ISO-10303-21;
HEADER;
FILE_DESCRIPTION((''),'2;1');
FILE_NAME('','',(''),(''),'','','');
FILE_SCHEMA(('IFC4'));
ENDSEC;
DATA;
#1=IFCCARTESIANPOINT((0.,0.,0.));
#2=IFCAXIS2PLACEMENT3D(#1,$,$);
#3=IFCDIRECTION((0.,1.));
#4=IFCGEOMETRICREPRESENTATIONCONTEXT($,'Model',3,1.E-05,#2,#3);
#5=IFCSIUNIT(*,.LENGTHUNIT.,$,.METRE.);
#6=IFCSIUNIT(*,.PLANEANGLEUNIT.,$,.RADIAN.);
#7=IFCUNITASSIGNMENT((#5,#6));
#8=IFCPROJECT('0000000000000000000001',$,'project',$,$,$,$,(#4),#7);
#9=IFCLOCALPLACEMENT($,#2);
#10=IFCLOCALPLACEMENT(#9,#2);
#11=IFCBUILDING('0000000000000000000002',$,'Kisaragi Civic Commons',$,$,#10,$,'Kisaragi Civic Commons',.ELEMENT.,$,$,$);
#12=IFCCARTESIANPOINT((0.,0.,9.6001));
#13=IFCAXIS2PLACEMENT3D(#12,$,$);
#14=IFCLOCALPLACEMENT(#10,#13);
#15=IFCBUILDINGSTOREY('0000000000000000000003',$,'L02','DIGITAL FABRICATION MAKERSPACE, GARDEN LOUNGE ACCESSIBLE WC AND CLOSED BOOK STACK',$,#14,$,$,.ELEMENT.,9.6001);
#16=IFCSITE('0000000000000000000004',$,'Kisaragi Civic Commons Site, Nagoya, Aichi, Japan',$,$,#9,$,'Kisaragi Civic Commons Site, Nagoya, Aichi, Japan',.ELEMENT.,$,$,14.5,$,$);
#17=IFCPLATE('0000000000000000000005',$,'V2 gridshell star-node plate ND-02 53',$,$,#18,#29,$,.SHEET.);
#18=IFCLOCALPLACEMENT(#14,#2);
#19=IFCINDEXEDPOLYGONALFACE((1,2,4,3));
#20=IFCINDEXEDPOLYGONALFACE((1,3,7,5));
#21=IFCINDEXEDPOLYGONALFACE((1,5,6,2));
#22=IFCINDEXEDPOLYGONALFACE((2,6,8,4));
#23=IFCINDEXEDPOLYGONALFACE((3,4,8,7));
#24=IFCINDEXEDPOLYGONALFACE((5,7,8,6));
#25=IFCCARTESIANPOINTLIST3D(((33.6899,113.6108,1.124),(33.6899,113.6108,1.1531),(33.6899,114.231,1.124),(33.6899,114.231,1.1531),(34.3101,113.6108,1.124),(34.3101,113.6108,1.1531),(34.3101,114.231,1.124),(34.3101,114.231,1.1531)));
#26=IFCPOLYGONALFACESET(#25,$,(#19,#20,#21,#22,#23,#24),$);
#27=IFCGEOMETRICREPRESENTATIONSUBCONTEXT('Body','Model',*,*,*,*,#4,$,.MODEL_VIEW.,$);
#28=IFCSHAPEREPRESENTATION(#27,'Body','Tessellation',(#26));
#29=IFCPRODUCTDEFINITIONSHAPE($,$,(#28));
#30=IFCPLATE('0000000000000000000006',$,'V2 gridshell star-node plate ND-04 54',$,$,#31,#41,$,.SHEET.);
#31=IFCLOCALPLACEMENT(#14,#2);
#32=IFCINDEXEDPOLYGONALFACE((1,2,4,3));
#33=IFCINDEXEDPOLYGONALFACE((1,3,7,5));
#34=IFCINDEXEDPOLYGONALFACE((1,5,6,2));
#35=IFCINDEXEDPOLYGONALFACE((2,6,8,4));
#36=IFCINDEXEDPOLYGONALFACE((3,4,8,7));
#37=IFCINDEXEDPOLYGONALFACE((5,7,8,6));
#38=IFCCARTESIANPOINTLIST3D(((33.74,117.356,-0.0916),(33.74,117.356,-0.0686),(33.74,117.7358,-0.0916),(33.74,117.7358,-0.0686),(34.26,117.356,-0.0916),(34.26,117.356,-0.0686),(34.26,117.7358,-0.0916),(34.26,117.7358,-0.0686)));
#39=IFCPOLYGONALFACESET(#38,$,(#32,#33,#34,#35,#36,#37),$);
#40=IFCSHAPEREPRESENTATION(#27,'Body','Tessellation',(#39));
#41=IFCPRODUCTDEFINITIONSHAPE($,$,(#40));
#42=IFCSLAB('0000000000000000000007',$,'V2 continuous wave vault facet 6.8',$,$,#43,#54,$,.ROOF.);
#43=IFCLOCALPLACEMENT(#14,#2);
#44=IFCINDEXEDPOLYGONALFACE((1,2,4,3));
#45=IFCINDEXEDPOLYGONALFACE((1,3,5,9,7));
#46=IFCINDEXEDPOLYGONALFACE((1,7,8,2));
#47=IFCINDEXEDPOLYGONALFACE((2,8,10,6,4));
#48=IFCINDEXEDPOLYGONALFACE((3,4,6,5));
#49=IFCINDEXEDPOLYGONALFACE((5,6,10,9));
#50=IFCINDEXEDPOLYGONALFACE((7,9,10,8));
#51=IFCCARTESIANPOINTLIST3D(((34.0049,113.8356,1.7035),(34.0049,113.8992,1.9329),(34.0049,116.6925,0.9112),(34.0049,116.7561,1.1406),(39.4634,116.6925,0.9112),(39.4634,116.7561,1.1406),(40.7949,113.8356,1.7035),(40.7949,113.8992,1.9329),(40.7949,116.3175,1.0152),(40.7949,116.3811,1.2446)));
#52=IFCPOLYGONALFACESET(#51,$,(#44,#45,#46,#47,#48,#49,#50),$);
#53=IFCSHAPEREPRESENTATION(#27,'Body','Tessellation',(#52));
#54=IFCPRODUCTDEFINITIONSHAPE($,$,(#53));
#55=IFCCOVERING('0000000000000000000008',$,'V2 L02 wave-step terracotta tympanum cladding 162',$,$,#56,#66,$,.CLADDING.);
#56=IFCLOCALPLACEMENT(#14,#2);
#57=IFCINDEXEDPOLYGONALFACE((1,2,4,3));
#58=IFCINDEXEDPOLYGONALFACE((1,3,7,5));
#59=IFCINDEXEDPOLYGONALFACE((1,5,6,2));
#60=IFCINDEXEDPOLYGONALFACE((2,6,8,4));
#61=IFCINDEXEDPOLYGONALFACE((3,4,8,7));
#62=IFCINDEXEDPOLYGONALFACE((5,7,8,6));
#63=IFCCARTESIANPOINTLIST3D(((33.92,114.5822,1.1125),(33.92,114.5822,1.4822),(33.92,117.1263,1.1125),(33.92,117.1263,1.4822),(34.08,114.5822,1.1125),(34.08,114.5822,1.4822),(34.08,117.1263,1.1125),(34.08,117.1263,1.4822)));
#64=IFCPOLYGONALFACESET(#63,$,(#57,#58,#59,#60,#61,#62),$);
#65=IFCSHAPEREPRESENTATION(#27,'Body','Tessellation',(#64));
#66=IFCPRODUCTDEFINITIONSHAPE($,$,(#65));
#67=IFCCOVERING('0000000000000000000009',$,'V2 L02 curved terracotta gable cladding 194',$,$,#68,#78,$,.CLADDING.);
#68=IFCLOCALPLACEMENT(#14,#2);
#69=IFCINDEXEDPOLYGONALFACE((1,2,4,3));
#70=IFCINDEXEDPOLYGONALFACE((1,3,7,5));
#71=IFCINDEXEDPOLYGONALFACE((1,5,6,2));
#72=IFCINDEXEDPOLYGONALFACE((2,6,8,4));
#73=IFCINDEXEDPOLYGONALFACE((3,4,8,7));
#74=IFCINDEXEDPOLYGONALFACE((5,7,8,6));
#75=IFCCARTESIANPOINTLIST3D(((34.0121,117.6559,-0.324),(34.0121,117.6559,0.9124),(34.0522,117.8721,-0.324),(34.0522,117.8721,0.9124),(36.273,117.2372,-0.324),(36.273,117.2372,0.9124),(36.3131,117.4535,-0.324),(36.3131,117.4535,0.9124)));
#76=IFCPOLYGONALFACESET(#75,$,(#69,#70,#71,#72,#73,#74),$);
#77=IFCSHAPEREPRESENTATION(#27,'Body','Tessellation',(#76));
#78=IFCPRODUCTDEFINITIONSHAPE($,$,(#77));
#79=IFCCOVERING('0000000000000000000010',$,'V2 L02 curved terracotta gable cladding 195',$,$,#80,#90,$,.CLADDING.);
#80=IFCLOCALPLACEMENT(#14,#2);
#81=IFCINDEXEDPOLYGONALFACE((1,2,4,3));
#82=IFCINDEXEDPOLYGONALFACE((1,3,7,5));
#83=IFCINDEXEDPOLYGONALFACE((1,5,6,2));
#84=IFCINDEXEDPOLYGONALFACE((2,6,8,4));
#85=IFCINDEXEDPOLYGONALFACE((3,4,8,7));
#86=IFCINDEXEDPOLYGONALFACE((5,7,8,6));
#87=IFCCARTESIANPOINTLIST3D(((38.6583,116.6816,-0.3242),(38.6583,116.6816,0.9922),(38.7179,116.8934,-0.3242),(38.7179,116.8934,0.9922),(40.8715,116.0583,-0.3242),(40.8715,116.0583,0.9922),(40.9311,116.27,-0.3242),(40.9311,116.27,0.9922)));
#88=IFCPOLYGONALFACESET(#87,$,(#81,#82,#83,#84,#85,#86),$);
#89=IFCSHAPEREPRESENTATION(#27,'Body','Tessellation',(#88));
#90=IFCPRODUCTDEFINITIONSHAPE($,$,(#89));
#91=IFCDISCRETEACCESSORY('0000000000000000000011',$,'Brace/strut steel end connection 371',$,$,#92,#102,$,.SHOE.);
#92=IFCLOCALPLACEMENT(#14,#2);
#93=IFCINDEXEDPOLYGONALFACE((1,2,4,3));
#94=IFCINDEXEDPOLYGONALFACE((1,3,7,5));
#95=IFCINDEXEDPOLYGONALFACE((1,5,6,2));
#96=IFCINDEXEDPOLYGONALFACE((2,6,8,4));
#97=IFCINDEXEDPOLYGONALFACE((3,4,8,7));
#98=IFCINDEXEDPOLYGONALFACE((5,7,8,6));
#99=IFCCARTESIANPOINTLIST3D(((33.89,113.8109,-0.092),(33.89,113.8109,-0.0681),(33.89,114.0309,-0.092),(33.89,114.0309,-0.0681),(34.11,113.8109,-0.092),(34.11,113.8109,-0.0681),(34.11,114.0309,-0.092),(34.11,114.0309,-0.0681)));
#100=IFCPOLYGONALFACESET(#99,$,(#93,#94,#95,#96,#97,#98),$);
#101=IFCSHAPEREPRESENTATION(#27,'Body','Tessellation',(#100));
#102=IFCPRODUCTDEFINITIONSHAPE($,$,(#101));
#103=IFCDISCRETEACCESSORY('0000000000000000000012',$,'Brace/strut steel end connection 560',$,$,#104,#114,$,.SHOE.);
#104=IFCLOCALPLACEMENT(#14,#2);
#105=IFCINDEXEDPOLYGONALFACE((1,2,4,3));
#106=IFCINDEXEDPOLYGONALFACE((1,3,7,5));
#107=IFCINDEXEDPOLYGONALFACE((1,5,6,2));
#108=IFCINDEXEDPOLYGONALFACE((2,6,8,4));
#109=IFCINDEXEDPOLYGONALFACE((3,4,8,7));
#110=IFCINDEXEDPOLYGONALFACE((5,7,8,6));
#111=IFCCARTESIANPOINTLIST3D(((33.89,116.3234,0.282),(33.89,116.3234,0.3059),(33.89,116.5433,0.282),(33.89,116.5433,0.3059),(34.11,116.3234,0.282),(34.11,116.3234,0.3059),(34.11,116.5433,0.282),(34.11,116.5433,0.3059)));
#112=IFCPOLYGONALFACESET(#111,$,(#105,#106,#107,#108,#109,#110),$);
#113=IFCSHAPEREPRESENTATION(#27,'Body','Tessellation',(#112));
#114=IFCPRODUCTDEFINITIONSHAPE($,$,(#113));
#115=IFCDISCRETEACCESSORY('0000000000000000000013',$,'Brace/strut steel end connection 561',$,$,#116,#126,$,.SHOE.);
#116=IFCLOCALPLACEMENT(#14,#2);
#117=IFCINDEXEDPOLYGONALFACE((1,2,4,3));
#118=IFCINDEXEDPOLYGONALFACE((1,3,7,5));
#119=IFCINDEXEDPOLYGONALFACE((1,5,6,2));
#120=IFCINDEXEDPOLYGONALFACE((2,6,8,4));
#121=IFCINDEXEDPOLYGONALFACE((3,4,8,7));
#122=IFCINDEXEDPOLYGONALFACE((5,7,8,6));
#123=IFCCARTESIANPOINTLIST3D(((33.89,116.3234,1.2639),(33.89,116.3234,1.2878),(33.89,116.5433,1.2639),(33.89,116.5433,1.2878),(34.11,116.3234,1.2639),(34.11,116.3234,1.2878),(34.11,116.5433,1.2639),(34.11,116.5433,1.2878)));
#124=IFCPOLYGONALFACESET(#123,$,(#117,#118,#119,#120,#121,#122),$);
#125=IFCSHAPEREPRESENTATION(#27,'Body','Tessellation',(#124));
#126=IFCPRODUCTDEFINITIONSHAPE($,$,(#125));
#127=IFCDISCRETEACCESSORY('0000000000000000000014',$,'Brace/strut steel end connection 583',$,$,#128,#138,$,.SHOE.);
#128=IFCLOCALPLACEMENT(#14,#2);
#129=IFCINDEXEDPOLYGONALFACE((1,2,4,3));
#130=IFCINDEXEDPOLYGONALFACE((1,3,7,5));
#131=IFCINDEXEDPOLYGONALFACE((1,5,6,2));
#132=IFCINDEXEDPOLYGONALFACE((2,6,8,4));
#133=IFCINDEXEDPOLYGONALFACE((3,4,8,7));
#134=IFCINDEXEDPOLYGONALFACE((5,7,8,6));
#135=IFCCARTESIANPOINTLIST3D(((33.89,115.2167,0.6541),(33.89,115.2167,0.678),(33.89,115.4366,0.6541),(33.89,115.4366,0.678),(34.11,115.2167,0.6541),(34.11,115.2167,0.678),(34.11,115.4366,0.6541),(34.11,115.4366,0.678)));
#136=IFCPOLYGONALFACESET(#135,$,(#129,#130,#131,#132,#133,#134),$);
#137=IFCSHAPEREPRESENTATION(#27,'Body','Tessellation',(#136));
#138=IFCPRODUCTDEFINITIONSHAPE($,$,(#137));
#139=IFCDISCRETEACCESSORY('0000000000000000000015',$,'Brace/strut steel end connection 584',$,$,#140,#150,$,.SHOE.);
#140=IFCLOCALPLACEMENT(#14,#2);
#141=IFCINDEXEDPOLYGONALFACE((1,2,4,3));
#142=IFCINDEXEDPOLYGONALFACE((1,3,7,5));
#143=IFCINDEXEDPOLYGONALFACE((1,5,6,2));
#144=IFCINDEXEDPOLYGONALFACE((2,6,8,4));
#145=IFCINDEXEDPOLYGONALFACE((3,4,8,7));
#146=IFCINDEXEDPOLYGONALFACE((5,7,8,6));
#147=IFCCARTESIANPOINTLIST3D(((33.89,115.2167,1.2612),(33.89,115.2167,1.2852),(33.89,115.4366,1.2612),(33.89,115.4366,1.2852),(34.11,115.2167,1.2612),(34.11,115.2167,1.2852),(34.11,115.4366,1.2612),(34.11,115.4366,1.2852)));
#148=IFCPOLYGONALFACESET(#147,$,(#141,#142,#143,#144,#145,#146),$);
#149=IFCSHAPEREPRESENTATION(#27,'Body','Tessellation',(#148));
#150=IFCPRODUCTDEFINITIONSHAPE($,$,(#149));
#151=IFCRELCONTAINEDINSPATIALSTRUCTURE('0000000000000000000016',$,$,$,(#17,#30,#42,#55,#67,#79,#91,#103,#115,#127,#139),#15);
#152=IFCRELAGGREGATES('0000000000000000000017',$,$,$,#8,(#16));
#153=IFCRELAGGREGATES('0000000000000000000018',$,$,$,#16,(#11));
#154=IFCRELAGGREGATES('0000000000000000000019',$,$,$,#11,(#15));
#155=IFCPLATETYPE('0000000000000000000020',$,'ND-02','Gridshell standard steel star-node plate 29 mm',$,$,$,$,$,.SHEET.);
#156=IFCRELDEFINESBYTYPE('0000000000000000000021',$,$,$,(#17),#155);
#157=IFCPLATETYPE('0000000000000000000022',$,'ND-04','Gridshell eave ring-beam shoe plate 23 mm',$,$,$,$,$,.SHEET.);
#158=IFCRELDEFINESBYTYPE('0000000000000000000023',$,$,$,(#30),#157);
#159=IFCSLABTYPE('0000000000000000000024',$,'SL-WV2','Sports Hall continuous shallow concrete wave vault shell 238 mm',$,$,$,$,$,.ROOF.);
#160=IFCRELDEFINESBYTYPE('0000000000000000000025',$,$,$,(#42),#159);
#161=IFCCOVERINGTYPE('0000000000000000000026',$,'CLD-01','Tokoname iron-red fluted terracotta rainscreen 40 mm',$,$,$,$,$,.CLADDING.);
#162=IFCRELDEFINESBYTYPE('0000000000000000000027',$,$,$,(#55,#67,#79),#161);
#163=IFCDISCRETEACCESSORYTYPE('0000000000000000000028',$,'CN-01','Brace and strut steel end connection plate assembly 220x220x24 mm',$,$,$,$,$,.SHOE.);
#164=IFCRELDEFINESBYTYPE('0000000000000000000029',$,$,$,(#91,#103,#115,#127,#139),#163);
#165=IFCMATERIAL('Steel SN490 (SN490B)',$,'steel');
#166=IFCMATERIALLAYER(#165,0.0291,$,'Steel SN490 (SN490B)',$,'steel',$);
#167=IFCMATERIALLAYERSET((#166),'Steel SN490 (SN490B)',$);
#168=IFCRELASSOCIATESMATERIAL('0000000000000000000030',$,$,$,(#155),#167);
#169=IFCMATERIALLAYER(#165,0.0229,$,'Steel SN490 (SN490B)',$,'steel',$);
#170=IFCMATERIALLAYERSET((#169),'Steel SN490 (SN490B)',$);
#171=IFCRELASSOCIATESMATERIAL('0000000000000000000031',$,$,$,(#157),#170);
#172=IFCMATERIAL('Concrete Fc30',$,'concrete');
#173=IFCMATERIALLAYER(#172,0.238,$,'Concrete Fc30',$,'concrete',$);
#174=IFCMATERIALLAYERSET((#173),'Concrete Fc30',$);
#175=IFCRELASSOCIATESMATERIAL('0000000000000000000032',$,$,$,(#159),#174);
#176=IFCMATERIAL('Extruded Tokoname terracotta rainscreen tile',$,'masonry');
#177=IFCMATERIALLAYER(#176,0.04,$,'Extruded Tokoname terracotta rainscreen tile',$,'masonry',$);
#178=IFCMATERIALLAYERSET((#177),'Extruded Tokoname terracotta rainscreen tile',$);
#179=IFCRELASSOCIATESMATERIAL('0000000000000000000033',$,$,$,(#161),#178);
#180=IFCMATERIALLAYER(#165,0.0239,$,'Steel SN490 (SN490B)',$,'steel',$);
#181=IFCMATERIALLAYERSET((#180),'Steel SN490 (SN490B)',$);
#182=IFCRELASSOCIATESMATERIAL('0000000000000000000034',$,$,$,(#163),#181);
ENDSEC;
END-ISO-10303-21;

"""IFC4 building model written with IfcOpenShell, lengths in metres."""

from ifc_helpers import new_model, si_unit, direction, frame, origin, origin_2d, place, context, subcontext, project, spatial, polyline, rectangle, outline, extrude, material, layer, layer_set, type_object, element, save


model = new_model("IFC4")

# Units and contexts
model_context = context("Model", 3, precision=1e-05, world=origin(), true_north=direction((0.0, 1.0)))
body_context = subcontext(model_context, "Body", "Model", "MODEL_VIEW")
ifc_project = project(units=[si_unit("LENGTHUNIT", "METRE"), si_unit("PLANEANGLEUNIT", "RADIAN")], contexts=[model_context])

# Site, building, storey
site_placement = place(None, origin())
site = spatial("IfcSite", under=ifc_project, at=site_placement, Name="Kisaragi Civic Commons Site, Nagoya, Aichi, Japan", LongName="Kisaragi Civic Commons Site, Nagoya, Aichi, Japan", CompositionType="ELEMENT", RefElevation=14.5)
building_placement = place(site_placement, origin())
building = spatial("IfcBuilding", under=site, at=building_placement, Name="Kisaragi Civic Commons", LongName="Kisaragi Civic Commons", CompositionType="ELEMENT")
storey_placement = place(building_placement, frame((0.0, 0.0, 9.6001)))
storey = spatial("IfcBuildingStorey", under=building, at=storey_placement, Name="L02", Description="DIGITAL FABRICATION MAKERSPACE, GARDEN LOUNGE ACCESSIBLE WC AND CLOSED BOOK STACK", CompositionType="ELEMENT", Elevation=9.6001)

# Shared definitions
ifc_material_1 = material(Name="Steel SN490 (SN490B)", Category="steel")

# Plates
ifc_layer_1 = layer(ifc_material_1, 0.0291, Name="Steel SN490 (SN490B)", Category="steel")
ifc_layer_set_1 = layer_set([ifc_layer_1], Name="Steel SN490 (SN490B)")
plate_type_1 = type_object("IfcPlateType", Name="ND-02", Description="Gridshell standard steel star-node plate 29 mm", PredefinedType="SHEET", material=ifc_layer_set_1)
plate_1_placement = place(storey_placement, frame((34.0, 113.9209, 1.124), z_axis=(0.0, 0.0, 1.0), x_axis=(1.0, 0.0, 0.0)))
element("IfcPlate", 1, at=plate_1_placement, inside=storey, type_object=plate_type_1, Name="V2 gridshell star-node plate ND-02 53", PredefinedType="SHEET", context=body_context, shape_type="SweptSolid", body=[
    extrude(rectangle(XDim=0.6201, YDim=0.6201, at=origin_2d()), origin(), (0.0, 0.0, 1.0), 0.0291),
])
ifc_layer_2 = layer(ifc_material_1, 0.0229, Name="Steel SN490 (SN490B)", Category="steel")
ifc_layer_set_2 = layer_set([ifc_layer_2], Name="Steel SN490 (SN490B)")
plate_type_2 = type_object("IfcPlateType", Name="ND-04", Description="Gridshell eave ring-beam shoe plate 23 mm", PredefinedType="SHEET", material=ifc_layer_set_2)
plate_2_placement = place(storey_placement, frame((34.0, 117.5459, -0.0916), z_axis=(0.0, 0.0, 1.0), x_axis=(1.0, 0.0, 0.0)))
element("IfcPlate", 2, at=plate_2_placement, inside=storey, type_object=plate_type_2, Name="V2 gridshell star-node plate ND-04 54", PredefinedType="SHEET", context=body_context, shape_type="SweptSolid", body=[
    extrude(rectangle(XDim=0.52, YDim=0.3799, at=origin_2d()), origin(), (0.0, 0.0, 1.0), 0.0229),
])

# Slab
ifc_material_2 = material(Name="Concrete Fc30", Category="concrete")
ifc_layer_3 = layer(ifc_material_2, 0.238, Name="Concrete Fc30", Category="concrete")
ifc_layer_set_3 = layer_set([ifc_layer_3], Name="Concrete Fc30")
slab_type = type_object("IfcSlabType", Name="SL-WV2", Description="Sports Hall continuous shallow concrete wave vault shell 238 mm", PredefinedType="ROOF", material=ifc_layer_set_3)
slab_placement = place(storey_placement, frame((39.4634, 116.7561, 1.1406), z_axis=(-0.000001, 0.267219, 0.963636), x_axis=(-1.0, 0.0, -0.000001)))
element("IfcSlab", 3, at=slab_placement, inside=storey, type_object=slab_type, Name="V2 continuous wave vault facet 6.8", PredefinedType="ROOF", context=body_context, shape_type="SweptSolid", body=[
    extrude(outline(polyline([(0.0, 0.0), (5.4585, 0.0), (5.4585, 2.9647), (-1.3315, 2.9647), (-1.3315, 0.3892), (0.0, 0.0)])), origin(), (0.0, 0.0, -1.0), 0.238),
])

# Coverings
ifc_material_3 = material(Name="Extruded Tokoname terracotta rainscreen tile", Category="masonry")
ifc_layer_4 = layer(ifc_material_3, 0.04, Name="Extruded Tokoname terracotta rainscreen tile", Category="masonry")
ifc_layer_set_4 = layer_set([ifc_layer_4], Name="Extruded Tokoname terracotta rainscreen tile")
covering_type = type_object("IfcCoveringType", Name="CLD-01", Description="Tokoname iron-red fluted terracotta rainscreen 40 mm", PredefinedType="CLADDING", material=ifc_layer_set_4)
covering_1_placement = place(storey_placement, frame((34.0, 115.8542, 1.1125), z_axis=(0.0, 0.0, 1.0), x_axis=(0.0, 1.0, 0.0)))
element("IfcCovering", 4, at=covering_1_placement, inside=storey, type_object=covering_type, Name="V2 L02 wave-step terracotta tympanum cladding 162", PredefinedType="CLADDING", context=body_context, shape_type="SweptSolid", body=[
    extrude(rectangle(XDim=2.5442, YDim=0.1599, at=origin_2d()), origin(), (0.0, 0.0, 1.0), 0.3696),
])
covering_2_placement = place(storey_placement, frame((35.1626, 117.5547, -0.324), z_axis=(0.0, 0.0, 1.0), x_axis=(0.983287, -0.182064, 0.0)))
element("IfcCovering", 5, at=covering_2_placement, inside=storey, type_object=covering_type, Name="V2 L02 curved terracotta gable cladding 194", PredefinedType="CLADDING", context=body_context, shape_type="SweptSolid", body=[
    extrude(rectangle(XDim=2.2993, YDim=0.22, at=origin_2d()), origin(), (0.0, 0.0, 1.0), 1.2363),
])
covering_3_placement = place(storey_placement, frame((39.7947, 116.4758, -0.3242), z_axis=(0.0, 0.0, 1.0), x_axis=(0.96255, -0.271104, 0.0)))
element("IfcCovering", 6, at=covering_3_placement, inside=storey, type_object=covering_type, Name="V2 L02 curved terracotta gable cladding 195", PredefinedType="CLADDING", context=body_context, shape_type="SweptSolid", body=[
    extrude(rectangle(XDim=2.2993, YDim=0.22, at=origin_2d()), origin(), (0.0, 0.0, 1.0), 1.3164),
])

# Discrete accessories
ifc_layer_5 = layer(ifc_material_1, 0.0239, Name="Steel SN490 (SN490B)", Category="steel")
ifc_layer_set_5 = layer_set([ifc_layer_5], Name="Steel SN490 (SN490B)")
discrete_accessory_type = type_object("IfcDiscreteAccessoryType", Name="CN-01", Description="Brace and strut steel end connection plate assembly 220x220x24 mm", PredefinedType="SHOE", material=ifc_layer_set_5)
for number, where, z_axis, x_axis, name in (
    (7, (34.0, 113.9209, -0.092), (0.0, 0.0, 1.0), (1.0, 0.0, 0.0), "Brace/strut steel end connection 371"),
    (8, (34.0, 116.4333, 0.282), (0.0, 0.0, 1.0), (1.0, 0.0, 0.0), "Brace/strut steel end connection 560"),
    (9, (34.0, 116.4333, 1.2639), (0.0, 0.0, 1.0), (1.0, 0.0, 0.0), "Brace/strut steel end connection 561"),
    (10, (34.0, 115.3267, 0.6541), (0.0, 0.0, 1.0), (1.0, 0.0, 0.0), "Brace/strut steel end connection 583"),
    (11, (34.0, 115.3267, 1.2612), (0.0, 0.0, 1.0), (1.0, 0.0, 0.0), "Brace/strut steel end connection 584"),
):
    element("IfcDiscreteAccessory", number, at=place(storey_placement, frame(where, z_axis=z_axis, x_axis=x_axis)), inside=storey, type_object=discrete_accessory_type, Name=name, PredefinedType="SHOE", context=body_context, shape_type="SweptSolid", body=[
        extrude(rectangle(XDim=0.22, YDim=0.22, at=origin_2d()), origin(), (0.0, 0.0, 1.0), 0.0239),
    ])

save(model, "model.ifc")
